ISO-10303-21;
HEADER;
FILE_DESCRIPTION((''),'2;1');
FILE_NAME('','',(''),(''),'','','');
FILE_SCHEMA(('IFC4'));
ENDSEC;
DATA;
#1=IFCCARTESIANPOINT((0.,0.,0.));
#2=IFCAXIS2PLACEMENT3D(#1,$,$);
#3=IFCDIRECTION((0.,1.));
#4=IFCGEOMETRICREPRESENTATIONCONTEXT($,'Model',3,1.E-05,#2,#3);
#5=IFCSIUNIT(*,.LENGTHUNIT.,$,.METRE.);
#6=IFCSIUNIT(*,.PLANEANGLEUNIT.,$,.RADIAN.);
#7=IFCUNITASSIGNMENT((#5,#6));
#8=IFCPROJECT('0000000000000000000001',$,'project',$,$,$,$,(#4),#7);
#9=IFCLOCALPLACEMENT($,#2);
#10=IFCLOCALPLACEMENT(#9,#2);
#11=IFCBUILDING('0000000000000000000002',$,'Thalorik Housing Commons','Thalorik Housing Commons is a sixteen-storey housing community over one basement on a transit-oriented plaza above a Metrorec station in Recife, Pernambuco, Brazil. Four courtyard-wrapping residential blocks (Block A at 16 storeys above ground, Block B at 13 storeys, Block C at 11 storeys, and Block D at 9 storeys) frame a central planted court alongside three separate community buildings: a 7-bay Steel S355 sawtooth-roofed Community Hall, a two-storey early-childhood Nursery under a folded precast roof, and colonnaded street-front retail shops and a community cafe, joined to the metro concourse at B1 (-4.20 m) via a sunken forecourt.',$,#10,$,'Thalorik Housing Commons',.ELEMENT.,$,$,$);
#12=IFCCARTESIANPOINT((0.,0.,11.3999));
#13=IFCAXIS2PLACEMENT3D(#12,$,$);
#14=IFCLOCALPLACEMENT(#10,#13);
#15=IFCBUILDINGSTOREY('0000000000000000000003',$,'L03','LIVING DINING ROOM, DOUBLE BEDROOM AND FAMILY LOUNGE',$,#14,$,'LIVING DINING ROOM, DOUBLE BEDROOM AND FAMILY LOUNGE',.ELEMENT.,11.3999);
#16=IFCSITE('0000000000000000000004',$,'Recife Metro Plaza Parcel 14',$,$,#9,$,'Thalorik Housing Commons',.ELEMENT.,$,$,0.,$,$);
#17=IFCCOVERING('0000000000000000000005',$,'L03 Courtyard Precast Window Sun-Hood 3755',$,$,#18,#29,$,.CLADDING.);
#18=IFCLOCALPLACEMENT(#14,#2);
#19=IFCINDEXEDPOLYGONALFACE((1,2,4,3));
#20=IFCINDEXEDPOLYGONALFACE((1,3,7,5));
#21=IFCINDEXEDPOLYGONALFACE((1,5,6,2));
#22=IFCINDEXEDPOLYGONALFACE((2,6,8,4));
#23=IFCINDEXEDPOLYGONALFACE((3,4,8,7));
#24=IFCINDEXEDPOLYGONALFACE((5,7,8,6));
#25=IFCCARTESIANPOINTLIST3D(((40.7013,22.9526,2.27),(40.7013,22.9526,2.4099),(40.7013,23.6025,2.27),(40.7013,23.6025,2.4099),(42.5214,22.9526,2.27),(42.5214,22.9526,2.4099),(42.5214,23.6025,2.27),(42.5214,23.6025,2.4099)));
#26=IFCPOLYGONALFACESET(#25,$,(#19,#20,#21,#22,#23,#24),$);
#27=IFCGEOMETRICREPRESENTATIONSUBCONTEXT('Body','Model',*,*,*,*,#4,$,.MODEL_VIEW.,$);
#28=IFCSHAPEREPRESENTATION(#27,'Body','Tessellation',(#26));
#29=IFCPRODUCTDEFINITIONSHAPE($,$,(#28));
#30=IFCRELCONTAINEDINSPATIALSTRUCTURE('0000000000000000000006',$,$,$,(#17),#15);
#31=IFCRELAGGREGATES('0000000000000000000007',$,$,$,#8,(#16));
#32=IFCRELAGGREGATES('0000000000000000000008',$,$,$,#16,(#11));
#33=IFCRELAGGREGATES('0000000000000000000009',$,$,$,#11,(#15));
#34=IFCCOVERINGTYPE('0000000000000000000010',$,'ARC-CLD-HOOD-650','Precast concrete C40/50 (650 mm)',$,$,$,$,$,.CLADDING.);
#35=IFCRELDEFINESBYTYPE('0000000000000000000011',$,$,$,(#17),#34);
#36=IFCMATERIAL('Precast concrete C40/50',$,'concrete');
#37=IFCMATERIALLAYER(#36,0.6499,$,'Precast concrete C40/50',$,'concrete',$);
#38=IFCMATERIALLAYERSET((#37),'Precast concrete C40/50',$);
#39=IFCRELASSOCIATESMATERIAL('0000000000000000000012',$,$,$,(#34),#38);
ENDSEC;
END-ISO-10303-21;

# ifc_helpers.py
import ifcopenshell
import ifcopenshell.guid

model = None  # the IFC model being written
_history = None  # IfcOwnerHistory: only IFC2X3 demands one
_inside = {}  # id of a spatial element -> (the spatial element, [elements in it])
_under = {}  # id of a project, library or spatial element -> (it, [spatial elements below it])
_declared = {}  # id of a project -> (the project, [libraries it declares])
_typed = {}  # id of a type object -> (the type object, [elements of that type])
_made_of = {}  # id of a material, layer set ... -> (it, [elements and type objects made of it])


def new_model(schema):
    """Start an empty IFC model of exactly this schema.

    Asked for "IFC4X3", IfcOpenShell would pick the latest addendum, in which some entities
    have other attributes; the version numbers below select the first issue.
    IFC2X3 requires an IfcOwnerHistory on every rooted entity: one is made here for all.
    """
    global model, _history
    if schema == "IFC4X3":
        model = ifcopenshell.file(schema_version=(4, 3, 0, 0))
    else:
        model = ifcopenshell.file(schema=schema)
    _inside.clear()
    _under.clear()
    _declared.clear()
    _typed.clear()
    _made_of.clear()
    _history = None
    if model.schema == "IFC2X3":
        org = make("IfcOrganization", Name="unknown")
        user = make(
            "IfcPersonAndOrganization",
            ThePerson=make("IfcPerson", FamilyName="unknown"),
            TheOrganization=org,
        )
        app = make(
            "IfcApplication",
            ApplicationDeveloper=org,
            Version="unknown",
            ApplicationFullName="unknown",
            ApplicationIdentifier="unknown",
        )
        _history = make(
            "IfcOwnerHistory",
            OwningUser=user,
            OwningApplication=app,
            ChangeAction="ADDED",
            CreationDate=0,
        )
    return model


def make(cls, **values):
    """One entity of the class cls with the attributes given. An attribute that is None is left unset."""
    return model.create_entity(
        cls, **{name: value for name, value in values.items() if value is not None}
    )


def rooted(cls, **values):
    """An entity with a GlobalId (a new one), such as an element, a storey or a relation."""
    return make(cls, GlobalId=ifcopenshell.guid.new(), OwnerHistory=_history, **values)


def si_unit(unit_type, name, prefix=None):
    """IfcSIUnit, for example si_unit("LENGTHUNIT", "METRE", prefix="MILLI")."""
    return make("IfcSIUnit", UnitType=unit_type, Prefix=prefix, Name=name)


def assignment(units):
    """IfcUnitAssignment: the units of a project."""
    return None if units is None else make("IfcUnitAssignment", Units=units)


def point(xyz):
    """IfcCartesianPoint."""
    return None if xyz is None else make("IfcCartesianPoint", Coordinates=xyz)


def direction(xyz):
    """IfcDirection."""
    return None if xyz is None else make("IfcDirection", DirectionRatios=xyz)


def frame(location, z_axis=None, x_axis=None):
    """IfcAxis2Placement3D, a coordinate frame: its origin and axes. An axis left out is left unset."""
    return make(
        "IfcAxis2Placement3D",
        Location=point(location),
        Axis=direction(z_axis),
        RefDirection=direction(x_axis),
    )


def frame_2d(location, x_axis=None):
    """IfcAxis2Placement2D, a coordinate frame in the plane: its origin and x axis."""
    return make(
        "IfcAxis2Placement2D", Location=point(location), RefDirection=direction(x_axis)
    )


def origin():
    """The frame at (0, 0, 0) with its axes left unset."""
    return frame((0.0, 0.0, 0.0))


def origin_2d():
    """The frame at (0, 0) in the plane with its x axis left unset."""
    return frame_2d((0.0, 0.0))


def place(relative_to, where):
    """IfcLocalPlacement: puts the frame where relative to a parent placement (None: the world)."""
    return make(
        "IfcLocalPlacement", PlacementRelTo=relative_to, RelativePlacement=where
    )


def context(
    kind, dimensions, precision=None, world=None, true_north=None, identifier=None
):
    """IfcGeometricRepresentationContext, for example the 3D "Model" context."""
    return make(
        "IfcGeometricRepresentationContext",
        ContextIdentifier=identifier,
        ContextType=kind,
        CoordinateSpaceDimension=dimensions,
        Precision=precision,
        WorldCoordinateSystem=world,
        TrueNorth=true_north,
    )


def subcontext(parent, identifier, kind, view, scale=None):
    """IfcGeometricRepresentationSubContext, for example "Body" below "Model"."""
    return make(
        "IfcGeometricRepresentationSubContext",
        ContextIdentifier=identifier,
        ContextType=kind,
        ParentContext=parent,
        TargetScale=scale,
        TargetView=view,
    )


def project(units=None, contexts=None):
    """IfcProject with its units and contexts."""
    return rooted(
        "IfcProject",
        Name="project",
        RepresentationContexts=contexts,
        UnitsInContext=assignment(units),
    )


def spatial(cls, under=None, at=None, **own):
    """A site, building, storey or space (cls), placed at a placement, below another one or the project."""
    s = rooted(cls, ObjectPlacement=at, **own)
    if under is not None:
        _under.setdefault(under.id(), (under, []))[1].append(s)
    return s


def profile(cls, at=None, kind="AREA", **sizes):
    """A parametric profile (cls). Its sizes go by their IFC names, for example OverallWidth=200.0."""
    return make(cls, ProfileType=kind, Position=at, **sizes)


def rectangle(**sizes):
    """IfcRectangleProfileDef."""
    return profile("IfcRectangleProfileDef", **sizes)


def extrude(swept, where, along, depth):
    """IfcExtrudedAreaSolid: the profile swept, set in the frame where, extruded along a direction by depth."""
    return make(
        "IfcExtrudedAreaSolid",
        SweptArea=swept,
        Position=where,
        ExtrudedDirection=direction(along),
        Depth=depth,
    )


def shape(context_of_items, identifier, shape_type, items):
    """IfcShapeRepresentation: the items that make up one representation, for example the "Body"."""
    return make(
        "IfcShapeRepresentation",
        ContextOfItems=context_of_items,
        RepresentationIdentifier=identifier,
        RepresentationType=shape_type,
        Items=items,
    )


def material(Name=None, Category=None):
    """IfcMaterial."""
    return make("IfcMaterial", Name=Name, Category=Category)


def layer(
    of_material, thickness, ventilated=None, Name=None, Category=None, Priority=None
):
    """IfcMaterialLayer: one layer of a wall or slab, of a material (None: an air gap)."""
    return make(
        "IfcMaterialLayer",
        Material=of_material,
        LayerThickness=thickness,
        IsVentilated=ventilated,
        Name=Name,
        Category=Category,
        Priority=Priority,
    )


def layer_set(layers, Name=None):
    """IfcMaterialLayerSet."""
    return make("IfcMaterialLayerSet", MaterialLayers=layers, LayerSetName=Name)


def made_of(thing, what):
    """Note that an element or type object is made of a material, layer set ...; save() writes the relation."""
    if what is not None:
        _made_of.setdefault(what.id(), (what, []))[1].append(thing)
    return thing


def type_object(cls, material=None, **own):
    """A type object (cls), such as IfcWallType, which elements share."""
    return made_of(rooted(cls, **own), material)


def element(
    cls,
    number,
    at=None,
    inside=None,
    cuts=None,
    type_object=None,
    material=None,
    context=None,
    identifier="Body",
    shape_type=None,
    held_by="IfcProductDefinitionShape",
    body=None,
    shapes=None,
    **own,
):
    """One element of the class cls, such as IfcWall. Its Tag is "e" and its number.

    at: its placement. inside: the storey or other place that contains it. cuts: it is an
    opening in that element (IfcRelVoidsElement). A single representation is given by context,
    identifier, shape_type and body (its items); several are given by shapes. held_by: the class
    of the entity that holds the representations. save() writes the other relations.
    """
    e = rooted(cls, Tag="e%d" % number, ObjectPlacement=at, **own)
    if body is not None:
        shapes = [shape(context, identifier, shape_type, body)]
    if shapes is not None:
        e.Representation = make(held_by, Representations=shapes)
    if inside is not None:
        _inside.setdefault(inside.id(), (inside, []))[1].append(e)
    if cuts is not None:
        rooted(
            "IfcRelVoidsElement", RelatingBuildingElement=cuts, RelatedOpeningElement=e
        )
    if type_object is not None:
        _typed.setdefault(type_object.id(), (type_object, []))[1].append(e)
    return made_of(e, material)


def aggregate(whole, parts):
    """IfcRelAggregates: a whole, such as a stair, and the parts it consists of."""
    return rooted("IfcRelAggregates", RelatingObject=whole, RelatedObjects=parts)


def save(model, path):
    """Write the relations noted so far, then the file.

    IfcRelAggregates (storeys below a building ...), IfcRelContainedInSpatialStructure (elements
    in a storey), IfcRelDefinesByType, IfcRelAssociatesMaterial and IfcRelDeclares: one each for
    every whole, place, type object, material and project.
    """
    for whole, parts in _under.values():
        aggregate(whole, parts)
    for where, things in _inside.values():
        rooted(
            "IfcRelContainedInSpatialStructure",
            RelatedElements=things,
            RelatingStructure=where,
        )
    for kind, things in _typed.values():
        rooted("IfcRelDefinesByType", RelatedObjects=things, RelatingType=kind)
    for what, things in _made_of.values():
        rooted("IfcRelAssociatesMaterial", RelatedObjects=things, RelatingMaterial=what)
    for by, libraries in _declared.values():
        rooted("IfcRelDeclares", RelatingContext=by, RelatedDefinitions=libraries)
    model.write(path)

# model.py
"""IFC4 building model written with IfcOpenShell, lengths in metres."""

from ifc_helpers import new_model, si_unit, direction, frame, origin, origin_2d, place, context, subcontext, project, spatial, rectangle, extrude, material, layer, layer_set, type_object, element, save


model = new_model("IFC4")

# Units and contexts
model_context = context("Model", 3, precision=1e-05, world=origin(), true_north=direction((0.0, 1.0)))
body_context = subcontext(model_context, "Body", "Model", "MODEL_VIEW")
ifc_project = project(units=[si_unit("LENGTHUNIT", "METRE"), si_unit("PLANEANGLEUNIT", "RADIAN")], contexts=[model_context])

# Site, building, storey
site_placement = place(None, origin())
site = spatial("IfcSite", under=ifc_project, at=site_placement, Name="Recife Metro Plaza Parcel 14", LongName="Thalorik Housing Commons", CompositionType="ELEMENT", RefElevation=0.0)
building_placement = place(site_placement, origin())
building = spatial("IfcBuilding", under=site, at=building_placement, Name="Thalorik Housing Commons", Description="Thalorik Housing Commons is a sixteen-storey housing community over one basement on a transit-oriented plaza above a Metrorec station in Recife, Pernambuco, Brazil. Four courtyard-wrapping residential blocks (Block A at 16 storeys above ground, Block B at 13 storeys, Block C at 11 storeys, and Block D at 9 storeys) frame a central planted court alongside three separate community buildings: a 7-bay Steel S355 sawtooth-roofed Community Hall, a two-storey early-childhood Nursery under a folded precast roof, and colonnaded street-front retail shops and a community cafe, joined to the metro concourse at B1 (-4.20 m) via a sunken forecourt.", LongName="Thalorik Housing Commons", CompositionType="ELEMENT")
storey_placement = place(building_placement, frame((0.0, 0.0, 11.3999)))
storey = spatial("IfcBuildingStorey", under=building, at=storey_placement, Name="L03", Description="LIVING DINING ROOM, DOUBLE BEDROOM AND FAMILY LOUNGE", LongName="LIVING DINING ROOM, DOUBLE BEDROOM AND FAMILY LOUNGE", CompositionType="ELEMENT", Elevation=11.3999)

# Shared definitions
ifc_material_1 = material(Name="Precast concrete C40/50", Category="concrete")

# Covering
ifc_layer_1 = layer(ifc_material_1, 0.6499, Name="Precast concrete C40/50", Category="concrete")
ifc_layer_set_1 = layer_set([ifc_layer_1], Name="Precast concrete C40/50")
covering_type_1 = type_object("IfcCoveringType", Name="ARC-CLD-HOOD-650", Description="Precast concrete C40/50 (650 mm)", PredefinedType="CLADDING", material=ifc_layer_set_1)
covering_1_placement = place(storey_placement, frame((41.6113, 23.2776, 2.27), z_axis=(0.0, 0.0, 1.0), x_axis=(-1.0, 0.0, 0.0)))
element("IfcCovering", 1, at=covering_1_placement, inside=storey, type_object=covering_type_1, Name="L03 Courtyard Precast Window Sun-Hood 3755", PredefinedType="CLADDING", context=body_context, shape_type="SweptSolid", body=[
    extrude(rectangle(XDim=1.8201, YDim=0.6499, at=origin_2d()), origin(), (0.0, 0.0, 1.0), 0.1399),
])

save(model, "model.ifc")
